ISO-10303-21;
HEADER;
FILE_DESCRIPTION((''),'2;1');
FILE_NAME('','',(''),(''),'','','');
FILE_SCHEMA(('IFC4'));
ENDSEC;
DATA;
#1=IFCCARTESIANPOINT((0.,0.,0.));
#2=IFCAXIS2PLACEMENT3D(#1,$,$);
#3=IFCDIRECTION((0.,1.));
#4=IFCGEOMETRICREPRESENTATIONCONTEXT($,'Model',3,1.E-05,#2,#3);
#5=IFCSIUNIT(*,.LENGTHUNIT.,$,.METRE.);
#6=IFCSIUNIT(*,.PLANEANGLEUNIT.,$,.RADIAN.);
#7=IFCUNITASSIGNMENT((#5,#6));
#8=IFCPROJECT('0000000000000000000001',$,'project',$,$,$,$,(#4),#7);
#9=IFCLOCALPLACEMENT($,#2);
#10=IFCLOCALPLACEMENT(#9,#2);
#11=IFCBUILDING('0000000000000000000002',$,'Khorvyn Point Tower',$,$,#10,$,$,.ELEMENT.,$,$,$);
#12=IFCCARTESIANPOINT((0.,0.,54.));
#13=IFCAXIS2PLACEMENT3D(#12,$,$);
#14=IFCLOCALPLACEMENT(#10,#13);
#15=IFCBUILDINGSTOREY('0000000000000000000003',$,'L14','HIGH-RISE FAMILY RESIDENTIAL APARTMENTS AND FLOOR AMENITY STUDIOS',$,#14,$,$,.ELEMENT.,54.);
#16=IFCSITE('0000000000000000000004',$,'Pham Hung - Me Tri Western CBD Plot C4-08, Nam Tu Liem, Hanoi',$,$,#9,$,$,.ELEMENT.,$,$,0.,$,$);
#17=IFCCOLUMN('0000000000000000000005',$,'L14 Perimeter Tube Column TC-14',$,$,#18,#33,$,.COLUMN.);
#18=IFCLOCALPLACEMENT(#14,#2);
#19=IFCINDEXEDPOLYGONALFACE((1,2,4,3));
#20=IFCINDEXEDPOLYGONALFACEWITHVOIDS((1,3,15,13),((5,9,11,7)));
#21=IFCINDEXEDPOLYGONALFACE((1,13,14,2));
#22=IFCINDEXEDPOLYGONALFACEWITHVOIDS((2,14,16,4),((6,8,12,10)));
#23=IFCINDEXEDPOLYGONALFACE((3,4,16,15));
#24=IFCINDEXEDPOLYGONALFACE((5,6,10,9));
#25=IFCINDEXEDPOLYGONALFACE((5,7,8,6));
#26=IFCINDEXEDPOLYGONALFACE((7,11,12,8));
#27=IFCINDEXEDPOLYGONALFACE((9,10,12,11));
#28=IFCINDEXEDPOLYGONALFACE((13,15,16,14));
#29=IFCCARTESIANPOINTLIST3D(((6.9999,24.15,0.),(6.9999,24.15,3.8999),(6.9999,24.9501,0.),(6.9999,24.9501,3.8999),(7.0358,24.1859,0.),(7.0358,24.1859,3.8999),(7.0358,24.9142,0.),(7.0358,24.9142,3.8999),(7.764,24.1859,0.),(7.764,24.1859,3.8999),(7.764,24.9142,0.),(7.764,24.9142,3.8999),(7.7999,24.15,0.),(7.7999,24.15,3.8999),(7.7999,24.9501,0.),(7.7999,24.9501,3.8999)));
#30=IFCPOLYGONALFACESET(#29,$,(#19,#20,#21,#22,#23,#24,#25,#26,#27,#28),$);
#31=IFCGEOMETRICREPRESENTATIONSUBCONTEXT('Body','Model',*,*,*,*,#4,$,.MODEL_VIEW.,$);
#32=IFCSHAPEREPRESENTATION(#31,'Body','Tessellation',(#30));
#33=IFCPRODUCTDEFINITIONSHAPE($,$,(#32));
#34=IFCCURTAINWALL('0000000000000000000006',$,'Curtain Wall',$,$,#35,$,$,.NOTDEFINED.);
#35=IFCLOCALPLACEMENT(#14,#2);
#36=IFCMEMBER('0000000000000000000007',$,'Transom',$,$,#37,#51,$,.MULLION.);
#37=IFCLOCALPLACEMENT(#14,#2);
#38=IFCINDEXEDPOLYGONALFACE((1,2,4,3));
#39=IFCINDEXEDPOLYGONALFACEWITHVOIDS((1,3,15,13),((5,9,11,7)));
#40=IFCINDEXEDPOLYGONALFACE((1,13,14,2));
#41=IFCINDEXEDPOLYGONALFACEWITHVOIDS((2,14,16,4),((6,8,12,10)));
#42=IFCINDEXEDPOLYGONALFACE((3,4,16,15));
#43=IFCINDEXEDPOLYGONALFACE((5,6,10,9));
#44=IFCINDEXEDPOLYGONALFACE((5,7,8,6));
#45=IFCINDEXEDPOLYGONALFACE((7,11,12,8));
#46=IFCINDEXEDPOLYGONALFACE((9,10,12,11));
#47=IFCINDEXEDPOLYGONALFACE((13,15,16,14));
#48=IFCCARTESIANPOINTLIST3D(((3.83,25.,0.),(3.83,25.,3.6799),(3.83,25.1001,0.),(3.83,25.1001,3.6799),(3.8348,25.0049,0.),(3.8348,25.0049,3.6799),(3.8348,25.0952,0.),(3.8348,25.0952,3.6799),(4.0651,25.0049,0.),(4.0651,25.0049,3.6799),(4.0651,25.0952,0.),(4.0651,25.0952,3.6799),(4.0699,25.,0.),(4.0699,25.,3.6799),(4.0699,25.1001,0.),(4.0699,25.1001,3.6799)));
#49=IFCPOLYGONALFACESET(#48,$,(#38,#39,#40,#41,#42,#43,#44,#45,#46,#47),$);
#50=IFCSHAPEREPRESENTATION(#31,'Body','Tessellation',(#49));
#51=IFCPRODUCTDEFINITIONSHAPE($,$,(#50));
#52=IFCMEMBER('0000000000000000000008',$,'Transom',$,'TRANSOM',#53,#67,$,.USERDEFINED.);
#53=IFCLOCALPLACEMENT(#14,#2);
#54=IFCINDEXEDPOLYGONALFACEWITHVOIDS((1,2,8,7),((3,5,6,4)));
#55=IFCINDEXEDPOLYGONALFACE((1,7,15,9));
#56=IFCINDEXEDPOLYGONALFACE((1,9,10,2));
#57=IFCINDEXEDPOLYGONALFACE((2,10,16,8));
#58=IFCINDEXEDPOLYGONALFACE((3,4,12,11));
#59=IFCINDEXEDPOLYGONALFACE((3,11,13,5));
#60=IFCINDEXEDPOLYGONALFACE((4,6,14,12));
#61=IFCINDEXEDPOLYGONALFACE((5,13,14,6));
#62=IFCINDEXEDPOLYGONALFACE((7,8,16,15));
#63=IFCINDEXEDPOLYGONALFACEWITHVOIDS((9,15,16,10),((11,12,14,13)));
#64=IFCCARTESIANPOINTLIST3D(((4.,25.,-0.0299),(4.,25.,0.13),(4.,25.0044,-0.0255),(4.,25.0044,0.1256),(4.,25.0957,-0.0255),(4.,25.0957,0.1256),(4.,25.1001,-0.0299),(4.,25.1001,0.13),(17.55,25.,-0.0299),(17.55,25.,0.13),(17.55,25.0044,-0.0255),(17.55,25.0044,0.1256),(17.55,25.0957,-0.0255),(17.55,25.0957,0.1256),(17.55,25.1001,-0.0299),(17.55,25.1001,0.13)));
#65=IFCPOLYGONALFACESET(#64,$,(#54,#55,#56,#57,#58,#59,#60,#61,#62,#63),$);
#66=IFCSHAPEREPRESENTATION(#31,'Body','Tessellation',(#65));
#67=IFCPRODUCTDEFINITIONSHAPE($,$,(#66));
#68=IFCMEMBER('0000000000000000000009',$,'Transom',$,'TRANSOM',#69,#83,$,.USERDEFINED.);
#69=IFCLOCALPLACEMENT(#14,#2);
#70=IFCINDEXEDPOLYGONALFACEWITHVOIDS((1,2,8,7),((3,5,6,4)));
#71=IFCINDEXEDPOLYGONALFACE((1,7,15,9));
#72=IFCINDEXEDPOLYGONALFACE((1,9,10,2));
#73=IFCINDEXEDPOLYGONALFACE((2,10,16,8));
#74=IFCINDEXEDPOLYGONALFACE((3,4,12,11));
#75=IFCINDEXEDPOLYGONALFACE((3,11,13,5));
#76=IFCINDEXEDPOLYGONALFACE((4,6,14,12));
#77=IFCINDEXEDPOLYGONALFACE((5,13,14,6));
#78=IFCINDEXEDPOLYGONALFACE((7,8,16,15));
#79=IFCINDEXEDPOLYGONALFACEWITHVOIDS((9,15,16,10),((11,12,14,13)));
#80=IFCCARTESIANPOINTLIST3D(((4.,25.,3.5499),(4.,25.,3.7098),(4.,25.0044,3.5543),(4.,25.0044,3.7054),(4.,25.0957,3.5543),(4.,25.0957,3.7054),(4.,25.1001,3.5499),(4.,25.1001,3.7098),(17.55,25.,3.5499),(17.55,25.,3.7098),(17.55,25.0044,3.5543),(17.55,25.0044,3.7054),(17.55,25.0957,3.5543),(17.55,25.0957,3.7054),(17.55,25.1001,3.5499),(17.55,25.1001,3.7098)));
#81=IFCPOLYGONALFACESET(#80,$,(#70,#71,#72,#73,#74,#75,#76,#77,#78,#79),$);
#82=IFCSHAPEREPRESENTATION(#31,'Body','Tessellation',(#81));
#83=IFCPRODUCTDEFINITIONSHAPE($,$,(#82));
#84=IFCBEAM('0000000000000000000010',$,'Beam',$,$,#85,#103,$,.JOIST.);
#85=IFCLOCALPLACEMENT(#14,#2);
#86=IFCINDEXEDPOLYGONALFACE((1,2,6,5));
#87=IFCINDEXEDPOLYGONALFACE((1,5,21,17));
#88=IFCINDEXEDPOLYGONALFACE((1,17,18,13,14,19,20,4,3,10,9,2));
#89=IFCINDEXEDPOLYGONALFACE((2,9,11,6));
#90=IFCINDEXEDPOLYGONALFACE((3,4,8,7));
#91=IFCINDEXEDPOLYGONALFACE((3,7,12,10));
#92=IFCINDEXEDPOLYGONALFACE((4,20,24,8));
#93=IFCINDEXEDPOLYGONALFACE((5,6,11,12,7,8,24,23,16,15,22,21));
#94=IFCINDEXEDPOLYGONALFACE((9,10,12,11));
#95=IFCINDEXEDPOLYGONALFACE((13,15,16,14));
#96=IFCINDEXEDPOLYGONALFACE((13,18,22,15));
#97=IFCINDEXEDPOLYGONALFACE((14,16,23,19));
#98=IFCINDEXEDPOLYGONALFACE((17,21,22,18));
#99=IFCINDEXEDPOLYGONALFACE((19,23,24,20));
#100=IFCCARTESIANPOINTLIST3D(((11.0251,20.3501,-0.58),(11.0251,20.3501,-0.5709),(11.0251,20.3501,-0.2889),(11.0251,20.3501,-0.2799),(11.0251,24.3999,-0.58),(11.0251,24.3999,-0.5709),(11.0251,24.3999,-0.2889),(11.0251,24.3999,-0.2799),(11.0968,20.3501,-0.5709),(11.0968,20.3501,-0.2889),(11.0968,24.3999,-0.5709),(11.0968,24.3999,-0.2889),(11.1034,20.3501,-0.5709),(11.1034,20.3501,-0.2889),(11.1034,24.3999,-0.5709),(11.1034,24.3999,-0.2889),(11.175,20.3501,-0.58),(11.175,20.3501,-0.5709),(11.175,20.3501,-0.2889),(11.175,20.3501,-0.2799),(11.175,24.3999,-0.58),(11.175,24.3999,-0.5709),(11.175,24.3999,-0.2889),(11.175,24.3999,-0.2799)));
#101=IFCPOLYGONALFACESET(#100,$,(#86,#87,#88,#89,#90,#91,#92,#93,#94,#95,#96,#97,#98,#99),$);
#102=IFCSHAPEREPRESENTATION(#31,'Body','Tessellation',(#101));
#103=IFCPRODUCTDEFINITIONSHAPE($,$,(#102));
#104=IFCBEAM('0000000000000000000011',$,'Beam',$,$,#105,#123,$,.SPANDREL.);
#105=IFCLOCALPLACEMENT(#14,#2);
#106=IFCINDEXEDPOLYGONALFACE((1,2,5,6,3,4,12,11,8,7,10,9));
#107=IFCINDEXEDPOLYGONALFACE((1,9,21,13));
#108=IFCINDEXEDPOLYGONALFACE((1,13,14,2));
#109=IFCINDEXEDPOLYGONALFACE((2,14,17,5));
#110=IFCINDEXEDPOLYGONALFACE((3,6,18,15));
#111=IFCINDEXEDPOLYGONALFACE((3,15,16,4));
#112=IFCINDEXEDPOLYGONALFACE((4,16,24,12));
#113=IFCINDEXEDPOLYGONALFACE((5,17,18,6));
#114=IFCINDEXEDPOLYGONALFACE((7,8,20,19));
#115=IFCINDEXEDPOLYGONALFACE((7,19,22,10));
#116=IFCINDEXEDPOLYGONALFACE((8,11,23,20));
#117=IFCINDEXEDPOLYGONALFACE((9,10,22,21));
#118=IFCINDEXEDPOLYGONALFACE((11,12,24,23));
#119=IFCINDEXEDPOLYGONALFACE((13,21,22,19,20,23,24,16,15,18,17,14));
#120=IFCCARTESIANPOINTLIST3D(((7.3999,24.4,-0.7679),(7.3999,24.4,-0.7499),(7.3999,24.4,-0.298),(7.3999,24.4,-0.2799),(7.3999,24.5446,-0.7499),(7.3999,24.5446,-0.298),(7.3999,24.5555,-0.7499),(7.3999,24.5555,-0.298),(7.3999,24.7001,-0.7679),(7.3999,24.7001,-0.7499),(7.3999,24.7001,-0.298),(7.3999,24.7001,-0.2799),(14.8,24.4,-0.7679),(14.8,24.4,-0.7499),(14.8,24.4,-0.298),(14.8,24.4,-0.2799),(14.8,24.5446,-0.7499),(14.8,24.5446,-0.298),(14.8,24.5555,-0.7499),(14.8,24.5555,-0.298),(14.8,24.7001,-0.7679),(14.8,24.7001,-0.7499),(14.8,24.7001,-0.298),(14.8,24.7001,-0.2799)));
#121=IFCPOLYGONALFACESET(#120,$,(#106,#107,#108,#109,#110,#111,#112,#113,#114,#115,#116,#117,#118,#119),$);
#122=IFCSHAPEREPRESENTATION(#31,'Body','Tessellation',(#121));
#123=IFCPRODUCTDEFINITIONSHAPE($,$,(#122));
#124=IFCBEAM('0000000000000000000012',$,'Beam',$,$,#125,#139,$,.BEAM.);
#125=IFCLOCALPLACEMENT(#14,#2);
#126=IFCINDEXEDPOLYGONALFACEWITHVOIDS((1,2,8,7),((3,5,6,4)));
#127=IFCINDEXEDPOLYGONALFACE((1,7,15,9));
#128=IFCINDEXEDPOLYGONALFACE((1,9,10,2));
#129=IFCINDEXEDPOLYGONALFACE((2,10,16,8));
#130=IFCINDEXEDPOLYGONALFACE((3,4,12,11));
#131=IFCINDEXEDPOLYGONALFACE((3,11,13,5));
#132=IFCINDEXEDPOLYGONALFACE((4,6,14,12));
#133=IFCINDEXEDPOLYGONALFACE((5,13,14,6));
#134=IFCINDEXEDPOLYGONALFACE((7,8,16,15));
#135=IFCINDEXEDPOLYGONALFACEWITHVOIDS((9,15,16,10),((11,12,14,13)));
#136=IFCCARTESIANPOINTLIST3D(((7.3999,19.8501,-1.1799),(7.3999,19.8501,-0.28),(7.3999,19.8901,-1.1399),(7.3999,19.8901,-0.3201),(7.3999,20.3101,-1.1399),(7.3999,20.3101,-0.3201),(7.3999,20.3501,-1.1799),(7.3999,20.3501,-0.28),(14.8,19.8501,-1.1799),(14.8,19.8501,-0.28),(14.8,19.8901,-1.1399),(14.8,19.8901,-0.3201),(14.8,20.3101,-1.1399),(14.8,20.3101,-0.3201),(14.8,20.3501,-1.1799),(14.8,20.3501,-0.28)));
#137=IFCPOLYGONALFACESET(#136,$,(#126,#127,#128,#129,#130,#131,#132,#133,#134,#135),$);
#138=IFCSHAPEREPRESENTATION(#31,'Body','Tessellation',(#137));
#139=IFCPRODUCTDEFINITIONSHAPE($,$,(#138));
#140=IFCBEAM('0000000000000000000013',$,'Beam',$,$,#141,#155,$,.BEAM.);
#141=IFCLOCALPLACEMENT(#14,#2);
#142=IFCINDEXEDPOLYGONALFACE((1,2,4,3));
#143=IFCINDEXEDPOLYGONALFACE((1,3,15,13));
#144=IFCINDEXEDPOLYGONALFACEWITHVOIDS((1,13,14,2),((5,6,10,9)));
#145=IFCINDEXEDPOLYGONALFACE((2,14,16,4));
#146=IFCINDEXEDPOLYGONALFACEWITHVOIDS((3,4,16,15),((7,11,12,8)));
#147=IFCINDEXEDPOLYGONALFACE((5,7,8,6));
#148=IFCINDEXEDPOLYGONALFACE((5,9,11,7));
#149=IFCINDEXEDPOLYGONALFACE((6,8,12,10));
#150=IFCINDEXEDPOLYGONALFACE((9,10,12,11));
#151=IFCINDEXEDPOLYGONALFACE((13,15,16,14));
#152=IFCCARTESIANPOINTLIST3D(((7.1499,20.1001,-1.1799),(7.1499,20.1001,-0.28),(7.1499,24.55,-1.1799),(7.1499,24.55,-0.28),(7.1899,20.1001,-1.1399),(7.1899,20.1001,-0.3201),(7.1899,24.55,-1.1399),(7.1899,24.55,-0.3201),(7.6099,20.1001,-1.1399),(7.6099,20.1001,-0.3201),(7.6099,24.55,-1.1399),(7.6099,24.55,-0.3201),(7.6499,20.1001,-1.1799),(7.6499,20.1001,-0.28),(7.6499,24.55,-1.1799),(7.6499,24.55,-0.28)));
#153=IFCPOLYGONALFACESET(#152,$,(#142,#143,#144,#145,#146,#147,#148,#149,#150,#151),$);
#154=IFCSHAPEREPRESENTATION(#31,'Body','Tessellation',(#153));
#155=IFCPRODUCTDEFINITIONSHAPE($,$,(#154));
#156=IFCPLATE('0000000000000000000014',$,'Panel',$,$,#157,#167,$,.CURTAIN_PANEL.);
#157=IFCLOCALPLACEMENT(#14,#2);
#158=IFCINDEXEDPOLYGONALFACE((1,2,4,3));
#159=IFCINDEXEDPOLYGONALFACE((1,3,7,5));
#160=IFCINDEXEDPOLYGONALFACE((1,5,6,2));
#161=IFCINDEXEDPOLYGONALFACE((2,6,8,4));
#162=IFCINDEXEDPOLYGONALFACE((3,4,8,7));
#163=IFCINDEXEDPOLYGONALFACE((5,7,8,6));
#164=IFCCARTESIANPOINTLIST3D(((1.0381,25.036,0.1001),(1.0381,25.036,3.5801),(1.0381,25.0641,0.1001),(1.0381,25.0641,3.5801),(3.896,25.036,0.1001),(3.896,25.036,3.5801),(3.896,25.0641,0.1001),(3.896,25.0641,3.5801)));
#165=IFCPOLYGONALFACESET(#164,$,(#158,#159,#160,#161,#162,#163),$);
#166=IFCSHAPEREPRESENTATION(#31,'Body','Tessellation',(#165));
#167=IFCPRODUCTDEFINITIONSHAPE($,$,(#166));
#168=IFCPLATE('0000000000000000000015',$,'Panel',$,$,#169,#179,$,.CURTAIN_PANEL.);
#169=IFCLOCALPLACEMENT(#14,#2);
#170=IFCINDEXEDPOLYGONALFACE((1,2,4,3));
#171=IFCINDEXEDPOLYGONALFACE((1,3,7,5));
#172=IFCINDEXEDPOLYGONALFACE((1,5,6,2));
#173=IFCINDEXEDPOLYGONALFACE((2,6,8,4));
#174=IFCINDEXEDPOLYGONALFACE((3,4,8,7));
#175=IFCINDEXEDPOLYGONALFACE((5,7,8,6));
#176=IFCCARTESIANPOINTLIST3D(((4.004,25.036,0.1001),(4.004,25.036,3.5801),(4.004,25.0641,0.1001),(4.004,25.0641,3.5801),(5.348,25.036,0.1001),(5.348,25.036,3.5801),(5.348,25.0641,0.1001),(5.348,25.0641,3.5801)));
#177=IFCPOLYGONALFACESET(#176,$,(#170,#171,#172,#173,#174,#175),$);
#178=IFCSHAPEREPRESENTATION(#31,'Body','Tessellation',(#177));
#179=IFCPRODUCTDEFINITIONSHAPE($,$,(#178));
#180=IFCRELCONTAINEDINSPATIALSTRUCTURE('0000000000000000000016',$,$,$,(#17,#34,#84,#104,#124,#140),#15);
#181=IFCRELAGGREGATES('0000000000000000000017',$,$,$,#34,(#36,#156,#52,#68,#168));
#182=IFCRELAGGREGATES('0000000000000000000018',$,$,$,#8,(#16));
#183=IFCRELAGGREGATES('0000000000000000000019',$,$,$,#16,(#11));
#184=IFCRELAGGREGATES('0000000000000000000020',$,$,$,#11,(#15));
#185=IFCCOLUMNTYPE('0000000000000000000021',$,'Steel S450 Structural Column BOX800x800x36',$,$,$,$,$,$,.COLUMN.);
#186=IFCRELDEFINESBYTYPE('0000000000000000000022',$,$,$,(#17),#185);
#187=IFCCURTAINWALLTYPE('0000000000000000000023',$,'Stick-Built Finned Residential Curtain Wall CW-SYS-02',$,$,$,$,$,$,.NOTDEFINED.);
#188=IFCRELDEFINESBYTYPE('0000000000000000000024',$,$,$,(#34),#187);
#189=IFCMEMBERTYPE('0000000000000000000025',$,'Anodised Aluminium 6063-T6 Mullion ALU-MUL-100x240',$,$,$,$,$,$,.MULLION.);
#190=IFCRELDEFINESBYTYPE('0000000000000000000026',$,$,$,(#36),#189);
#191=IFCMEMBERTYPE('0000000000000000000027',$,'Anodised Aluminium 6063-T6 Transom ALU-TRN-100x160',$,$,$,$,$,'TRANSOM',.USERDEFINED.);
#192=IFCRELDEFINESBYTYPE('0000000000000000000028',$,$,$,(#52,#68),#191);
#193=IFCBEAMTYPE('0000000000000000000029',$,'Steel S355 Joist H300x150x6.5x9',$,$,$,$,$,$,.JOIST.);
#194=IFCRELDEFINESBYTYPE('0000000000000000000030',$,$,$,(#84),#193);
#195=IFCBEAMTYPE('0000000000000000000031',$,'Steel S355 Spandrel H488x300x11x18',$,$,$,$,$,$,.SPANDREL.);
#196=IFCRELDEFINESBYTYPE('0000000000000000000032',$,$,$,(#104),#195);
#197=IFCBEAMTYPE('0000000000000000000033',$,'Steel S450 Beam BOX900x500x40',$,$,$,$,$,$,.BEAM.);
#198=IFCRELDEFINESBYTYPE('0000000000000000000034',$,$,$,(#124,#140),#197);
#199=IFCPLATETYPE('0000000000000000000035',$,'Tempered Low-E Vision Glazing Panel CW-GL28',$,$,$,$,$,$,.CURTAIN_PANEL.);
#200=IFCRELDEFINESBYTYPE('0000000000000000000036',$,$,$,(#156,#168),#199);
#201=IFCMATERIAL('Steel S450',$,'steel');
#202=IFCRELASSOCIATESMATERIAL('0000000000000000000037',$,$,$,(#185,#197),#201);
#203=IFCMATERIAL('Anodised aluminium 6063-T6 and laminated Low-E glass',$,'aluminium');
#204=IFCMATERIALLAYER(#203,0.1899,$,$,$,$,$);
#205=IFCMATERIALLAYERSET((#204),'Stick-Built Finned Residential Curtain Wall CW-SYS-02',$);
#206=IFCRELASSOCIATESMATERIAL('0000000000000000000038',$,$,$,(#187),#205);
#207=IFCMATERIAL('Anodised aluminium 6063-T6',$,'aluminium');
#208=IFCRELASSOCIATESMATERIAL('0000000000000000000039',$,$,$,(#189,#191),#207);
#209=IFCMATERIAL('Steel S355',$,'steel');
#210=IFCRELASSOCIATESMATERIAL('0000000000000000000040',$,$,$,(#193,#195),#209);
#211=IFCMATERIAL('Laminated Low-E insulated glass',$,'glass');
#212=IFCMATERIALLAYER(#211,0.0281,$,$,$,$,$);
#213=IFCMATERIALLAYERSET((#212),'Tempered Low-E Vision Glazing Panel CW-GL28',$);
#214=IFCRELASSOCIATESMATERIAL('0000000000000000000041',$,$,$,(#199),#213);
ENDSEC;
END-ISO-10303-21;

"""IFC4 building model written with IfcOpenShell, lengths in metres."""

from ifc_helpers import new_model, si_unit, direction, frame, origin, origin_2d, place, context, subcontext, project, spatial, rectangle, hollow_rectangle, i_section, extrude, material, layer, layer_set, material_profile, profile_set, type_object, element, aggregate, save


model = new_model("IFC4")

# Units and contexts
model_context = context("Model", 3, precision=1e-05, world=origin(), true_north=direction((0.0, 1.0)))
body_context = subcontext(model_context, "Body", "Model", "MODEL_VIEW")
ifc_project = project(units=[si_unit("LENGTHUNIT", "METRE"), si_unit("PLANEANGLEUNIT", "RADIAN")], contexts=[model_context])

# Site, building, storey
site_placement = place(None, origin())
site = spatial("IfcSite", under=ifc_project, at=site_placement, Name="Pham Hung - Me Tri Western CBD Plot C4-08, Nam Tu Liem, Hanoi", CompositionType="ELEMENT", RefElevation=0.0)
building_placement = place(site_placement, origin())
building = spatial("IfcBuilding", under=site, at=building_placement, Name="Khorvyn Point Tower", CompositionType="ELEMENT")
storey_placement = place(building_placement, frame((0.0, 0.0, 54.0)))
storey = spatial("IfcBuildingStorey", under=building, at=storey_placement, Name="L14", Description="HIGH-RISE FAMILY RESIDENTIAL APARTMENTS AND FLOOR AMENITY STUDIOS", CompositionType="ELEMENT", Elevation=54.0)

# Column
ifc_material_1 = material(Name="Steel S450", Category="steel")
ifc_material_profile_1 = material_profile(ifc_material_1, hollow_rectangle(XDim=0.8, YDim=0.8, WallThickness=0.0359, at=origin_2d()))
ifc_profile_set_1 = profile_set([ifc_material_profile_1], Name="Steel S450 BOX800x800x36")
column_type = type_object("IfcColumnType", Name="Steel S450 Structural Column BOX800x800x36", PredefinedType="COLUMN", material=ifc_profile_set_1)
column_placement = place(storey_placement, frame((7.3999, 24.55, 0.0), z_axis=(0.0, 0.0, 1.0), x_axis=(1.0, 0.0, 0.0)))
element("IfcColumn", 1, at=column_placement, inside=storey, type_object=column_type, Name="L14 Perimeter Tube Column TC-14", PredefinedType="COLUMN", context=body_context, shape_type="SweptSolid", body=[
    extrude(hollow_rectangle(XDim=0.8, YDim=0.8, WallThickness=0.0359, at=origin_2d()), origin(), (0.0, 0.0, 1.0), 3.8999),
])

# Curtain wall, members
ifc_material_2 = material(Name="Anodised aluminium 6063-T6 and laminated Low-E glass", Category="aluminium")
ifc_layer_1 = layer(ifc_material_2, 0.1899)
ifc_layer_set_1 = layer_set([ifc_layer_1], Name="Stick-Built Finned Residential Curtain Wall CW-SYS-02")
curtain_wall_type = type_object("IfcCurtainWallType", Name="Stick-Built Finned Residential Curtain Wall CW-SYS-02", PredefinedType="NOTDEFINED", material=ifc_layer_set_1)
curtain_wall_placement = place(storey_placement, origin())
curtain_wall = element("IfcCurtainWall", 2, at=curtain_wall_placement, inside=storey, type_object=curtain_wall_type, Name="Curtain Wall", PredefinedType="NOTDEFINED")
ifc_material_3 = material(Name="Anodised aluminium 6063-T6", Category="aluminium")
ifc_material_profile_2 = material_profile(ifc_material_3, hollow_rectangle(XDim=0.1001, YDim=0.24, WallThickness=0.0049, at=origin_2d()))
ifc_profile_set_2 = profile_set([ifc_material_profile_2], Name="Anodised aluminium 6063-T6 ALU-MUL-100x240")
member_type_1 = type_object("IfcMemberType", Name="Anodised Aluminium 6063-T6 Mullion ALU-MUL-100x240", PredefinedType="MULLION", material=ifc_profile_set_2)
member_1_placement = place(storey_placement, frame((3.95, 25.05, 0.0), z_axis=(0.0, 0.0, 1.0), x_axis=(0.0, 1.0, 0.0)))
member_1 = element("IfcMember", 3, at=member_1_placement, type_object=member_type_1, Name="Transom", PredefinedType="MULLION", context=body_context, shape_type="SweptSolid", body=[
    extrude(hollow_rectangle(XDim=0.1001, YDim=0.24, WallThickness=0.0049, at=origin_2d()), origin(), (0.0, 0.0, 1.0), 3.6799),
])
ifc_material_profile_3 = material_profile(ifc_material_3, hollow_rectangle(XDim=0.1001, YDim=0.1599, WallThickness=0.0044, at=origin_2d()))
ifc_profile_set_3 = profile_set([ifc_material_profile_3], Name="Anodised aluminium 6063-T6 ALU-TRN-100x160")
member_type_2 = type_object("IfcMemberType", Name="Anodised Aluminium 6063-T6 Transom ALU-TRN-100x160", ElementType="TRANSOM", PredefinedType="USERDEFINED", material=ifc_profile_set_3)
member_2_placement = place(storey_placement, frame((4.0, 25.05, 0.05), z_axis=(1.0, 0.0, 0.0), x_axis=(0.0, 1.0, 0.0)))
member_2 = element("IfcMember", 4, at=member_2_placement, type_object=member_type_2, Name="Transom", ObjectType="TRANSOM", PredefinedType="USERDEFINED", context=body_context, shape_type="SweptSolid", body=[
    extrude(hollow_rectangle(XDim=0.1001, YDim=0.1599, WallThickness=0.0044, at=origin_2d()), origin(), (0.0, 0.0, 1.0), 13.55),
])
member_3_placement = place(storey_placement, frame((4.0, 25.05, 3.6299), z_axis=(1.0, 0.0, 0.0), x_axis=(0.0, 1.0, 0.0)))
member_3 = element("IfcMember", 5, at=member_3_placement, type_object=member_type_2, Name="Transom", ObjectType="TRANSOM", PredefinedType="USERDEFINED", context=body_context, shape_type="SweptSolid", body=[
    extrude(hollow_rectangle(XDim=0.1001, YDim=0.1599, WallThickness=0.0044, at=origin_2d()), origin(), (0.0, 0.0, 1.0), 13.55),
])

# Beams
ifc_material_4 = material(Name="Steel S355", Category="steel")
ifc_material_profile_4 = material_profile(ifc_material_4, i_section(OverallWidth=0.1499, OverallDepth=0.3, WebThickness=0.0066, FlangeThickness=0.009, at=origin_2d()))
ifc_profile_set_4 = profile_set([ifc_material_profile_4], Name="Steel S355 H300x150x6.5x9")
beam_type_1 = type_object("IfcBeamType", Name="Steel S355 Joist H300x150x6.5x9", PredefinedType="JOIST", material=ifc_profile_set_4)
beam_1_placement = place(storey_placement, frame((11.1001, 20.3501, -0.4299), z_axis=(0.0, 1.0, 0.0), x_axis=(-1.0, 0.0, 0.0)))
element("IfcBeam", 6, at=beam_1_placement, inside=storey, type_object=beam_type_1, Name="Beam", PredefinedType="JOIST", context=body_context, shape_type="SweptSolid", body=[
    extrude(i_section(OverallWidth=0.1499, OverallDepth=0.3, WebThickness=0.0066, FlangeThickness=0.009, at=origin_2d()), origin(), (0.0, 0.0, 1.0), 4.0498),
])
ifc_material_profile_5 = material_profile(ifc_material_4, i_section(OverallWidth=0.3, OverallDepth=0.488, WebThickness=0.011, FlangeThickness=0.0181, at=origin_2d()))
ifc_profile_set_5 = profile_set([ifc_material_profile_5], Name="Steel S355 H488x300x11x18")
beam_type_2 = type_object("IfcBeamType", Name="Steel S355 Spandrel H488x300x11x18", PredefinedType="SPANDREL", material=ifc_profile_set_5)
beam_2_placement = place(storey_placement, frame((7.3999, 24.55, -0.5239), z_axis=(1.0, 0.0, 0.0), x_axis=(0.0, 1.0, 0.0)))
element("IfcBeam", 7, at=beam_2_placement, inside=storey, type_object=beam_type_2, Name="Beam", PredefinedType="SPANDREL", context=body_context, shape_type="SweptSolid", body=[
    extrude(i_section(OverallWidth=0.3, OverallDepth=0.488, WebThickness=0.011, FlangeThickness=0.0181, at=origin_2d()), origin(), (0.0, 0.0, 1.0), 7.4001),
])
ifc_material_profile_6 = material_profile(ifc_material_1, hollow_rectangle(XDim=0.5, YDim=0.8999, WallThickness=0.04, at=origin_2d()))
ifc_profile_set_6 = profile_set([ifc_material_profile_6], Name="Steel S450 BOX900x500x40")
beam_type_3 = type_object("IfcBeamType", Name="Steel S450 Beam BOX900x500x40", PredefinedType="BEAM", material=ifc_profile_set_6)
beam_3_placement = place(storey_placement, frame((7.3999, 20.1001, -0.73), z_axis=(1.0, 0.0, 0.0), x_axis=(0.0, 1.0, 0.0)))
element("IfcBeam", 8, at=beam_3_placement, inside=storey, type_object=beam_type_3, Name="Beam", PredefinedType="BEAM", context=body_context, shape_type="SweptSolid", body=[
    extrude(hollow_rectangle(XDim=0.5, YDim=0.8999, WallThickness=0.04, at=origin_2d()), origin(), (0.0, 0.0, 1.0), 7.4001),
])
beam_4_placement = place(storey_placement, frame((7.3999, 20.1001, -0.73), z_axis=(0.0, 1.0, 0.0), x_axis=(-1.0, 0.0, 0.0)))
element("IfcBeam", 9, at=beam_4_placement, inside=storey, type_object=beam_type_3, Name="Beam", PredefinedType="BEAM", context=body_context, shape_type="SweptSolid", body=[
    extrude(hollow_rectangle(XDim=0.5, YDim=0.8999, WallThickness=0.04, at=origin_2d()), origin(), (0.0, 0.0, 1.0), 4.45),
])

# Plates
ifc_material_5 = material(Name="Laminated Low-E insulated glass", Category="glass")
ifc_layer_2 = layer(ifc_material_5, 0.0281)
ifc_layer_set_2 = layer_set([ifc_layer_2], Name="Tempered Low-E Vision Glazing Panel CW-GL28")
plate_type = type_object("IfcPlateType", Name="Tempered Low-E Vision Glazing Panel CW-GL28", PredefinedType="CURTAIN_PANEL", material=ifc_layer_set_2)
plate_1_placement = place(storey_placement, frame((2.467, 25.05, 0.1001), z_axis=(0.0, 0.0, 1.0), x_axis=(1.0, 0.0, 0.0)))
plate_1 = element("IfcPlate", 10, at=plate_1_placement, type_object=plate_type, Name="Panel", PredefinedType="CURTAIN_PANEL", context=body_context, shape_type="SweptSolid", body=[
    extrude(rectangle(XDim=2.8579, YDim=0.0281, at=origin_2d()), origin(), (0.0, 0.0, 1.0), 3.48),
])
plate_2_placement = place(storey_placement, frame((4.676, 25.05, 0.1001), z_axis=(0.0, 0.0, 1.0), x_axis=(1.0, 0.0, 0.0)))
plate_2 = element("IfcPlate", 11, at=plate_2_placement, type_object=plate_type, Name="Panel", PredefinedType="CURTAIN_PANEL", context=body_context, shape_type="SweptSolid", body=[
    extrude(rectangle(XDim=1.344, YDim=0.0281, at=origin_2d()), origin(), (0.0, 0.0, 1.0), 3.48),
])
aggregate(curtain_wall, [member_1, plate_1, member_2, member_3, plate_2])

save(model, "model.ifc")
